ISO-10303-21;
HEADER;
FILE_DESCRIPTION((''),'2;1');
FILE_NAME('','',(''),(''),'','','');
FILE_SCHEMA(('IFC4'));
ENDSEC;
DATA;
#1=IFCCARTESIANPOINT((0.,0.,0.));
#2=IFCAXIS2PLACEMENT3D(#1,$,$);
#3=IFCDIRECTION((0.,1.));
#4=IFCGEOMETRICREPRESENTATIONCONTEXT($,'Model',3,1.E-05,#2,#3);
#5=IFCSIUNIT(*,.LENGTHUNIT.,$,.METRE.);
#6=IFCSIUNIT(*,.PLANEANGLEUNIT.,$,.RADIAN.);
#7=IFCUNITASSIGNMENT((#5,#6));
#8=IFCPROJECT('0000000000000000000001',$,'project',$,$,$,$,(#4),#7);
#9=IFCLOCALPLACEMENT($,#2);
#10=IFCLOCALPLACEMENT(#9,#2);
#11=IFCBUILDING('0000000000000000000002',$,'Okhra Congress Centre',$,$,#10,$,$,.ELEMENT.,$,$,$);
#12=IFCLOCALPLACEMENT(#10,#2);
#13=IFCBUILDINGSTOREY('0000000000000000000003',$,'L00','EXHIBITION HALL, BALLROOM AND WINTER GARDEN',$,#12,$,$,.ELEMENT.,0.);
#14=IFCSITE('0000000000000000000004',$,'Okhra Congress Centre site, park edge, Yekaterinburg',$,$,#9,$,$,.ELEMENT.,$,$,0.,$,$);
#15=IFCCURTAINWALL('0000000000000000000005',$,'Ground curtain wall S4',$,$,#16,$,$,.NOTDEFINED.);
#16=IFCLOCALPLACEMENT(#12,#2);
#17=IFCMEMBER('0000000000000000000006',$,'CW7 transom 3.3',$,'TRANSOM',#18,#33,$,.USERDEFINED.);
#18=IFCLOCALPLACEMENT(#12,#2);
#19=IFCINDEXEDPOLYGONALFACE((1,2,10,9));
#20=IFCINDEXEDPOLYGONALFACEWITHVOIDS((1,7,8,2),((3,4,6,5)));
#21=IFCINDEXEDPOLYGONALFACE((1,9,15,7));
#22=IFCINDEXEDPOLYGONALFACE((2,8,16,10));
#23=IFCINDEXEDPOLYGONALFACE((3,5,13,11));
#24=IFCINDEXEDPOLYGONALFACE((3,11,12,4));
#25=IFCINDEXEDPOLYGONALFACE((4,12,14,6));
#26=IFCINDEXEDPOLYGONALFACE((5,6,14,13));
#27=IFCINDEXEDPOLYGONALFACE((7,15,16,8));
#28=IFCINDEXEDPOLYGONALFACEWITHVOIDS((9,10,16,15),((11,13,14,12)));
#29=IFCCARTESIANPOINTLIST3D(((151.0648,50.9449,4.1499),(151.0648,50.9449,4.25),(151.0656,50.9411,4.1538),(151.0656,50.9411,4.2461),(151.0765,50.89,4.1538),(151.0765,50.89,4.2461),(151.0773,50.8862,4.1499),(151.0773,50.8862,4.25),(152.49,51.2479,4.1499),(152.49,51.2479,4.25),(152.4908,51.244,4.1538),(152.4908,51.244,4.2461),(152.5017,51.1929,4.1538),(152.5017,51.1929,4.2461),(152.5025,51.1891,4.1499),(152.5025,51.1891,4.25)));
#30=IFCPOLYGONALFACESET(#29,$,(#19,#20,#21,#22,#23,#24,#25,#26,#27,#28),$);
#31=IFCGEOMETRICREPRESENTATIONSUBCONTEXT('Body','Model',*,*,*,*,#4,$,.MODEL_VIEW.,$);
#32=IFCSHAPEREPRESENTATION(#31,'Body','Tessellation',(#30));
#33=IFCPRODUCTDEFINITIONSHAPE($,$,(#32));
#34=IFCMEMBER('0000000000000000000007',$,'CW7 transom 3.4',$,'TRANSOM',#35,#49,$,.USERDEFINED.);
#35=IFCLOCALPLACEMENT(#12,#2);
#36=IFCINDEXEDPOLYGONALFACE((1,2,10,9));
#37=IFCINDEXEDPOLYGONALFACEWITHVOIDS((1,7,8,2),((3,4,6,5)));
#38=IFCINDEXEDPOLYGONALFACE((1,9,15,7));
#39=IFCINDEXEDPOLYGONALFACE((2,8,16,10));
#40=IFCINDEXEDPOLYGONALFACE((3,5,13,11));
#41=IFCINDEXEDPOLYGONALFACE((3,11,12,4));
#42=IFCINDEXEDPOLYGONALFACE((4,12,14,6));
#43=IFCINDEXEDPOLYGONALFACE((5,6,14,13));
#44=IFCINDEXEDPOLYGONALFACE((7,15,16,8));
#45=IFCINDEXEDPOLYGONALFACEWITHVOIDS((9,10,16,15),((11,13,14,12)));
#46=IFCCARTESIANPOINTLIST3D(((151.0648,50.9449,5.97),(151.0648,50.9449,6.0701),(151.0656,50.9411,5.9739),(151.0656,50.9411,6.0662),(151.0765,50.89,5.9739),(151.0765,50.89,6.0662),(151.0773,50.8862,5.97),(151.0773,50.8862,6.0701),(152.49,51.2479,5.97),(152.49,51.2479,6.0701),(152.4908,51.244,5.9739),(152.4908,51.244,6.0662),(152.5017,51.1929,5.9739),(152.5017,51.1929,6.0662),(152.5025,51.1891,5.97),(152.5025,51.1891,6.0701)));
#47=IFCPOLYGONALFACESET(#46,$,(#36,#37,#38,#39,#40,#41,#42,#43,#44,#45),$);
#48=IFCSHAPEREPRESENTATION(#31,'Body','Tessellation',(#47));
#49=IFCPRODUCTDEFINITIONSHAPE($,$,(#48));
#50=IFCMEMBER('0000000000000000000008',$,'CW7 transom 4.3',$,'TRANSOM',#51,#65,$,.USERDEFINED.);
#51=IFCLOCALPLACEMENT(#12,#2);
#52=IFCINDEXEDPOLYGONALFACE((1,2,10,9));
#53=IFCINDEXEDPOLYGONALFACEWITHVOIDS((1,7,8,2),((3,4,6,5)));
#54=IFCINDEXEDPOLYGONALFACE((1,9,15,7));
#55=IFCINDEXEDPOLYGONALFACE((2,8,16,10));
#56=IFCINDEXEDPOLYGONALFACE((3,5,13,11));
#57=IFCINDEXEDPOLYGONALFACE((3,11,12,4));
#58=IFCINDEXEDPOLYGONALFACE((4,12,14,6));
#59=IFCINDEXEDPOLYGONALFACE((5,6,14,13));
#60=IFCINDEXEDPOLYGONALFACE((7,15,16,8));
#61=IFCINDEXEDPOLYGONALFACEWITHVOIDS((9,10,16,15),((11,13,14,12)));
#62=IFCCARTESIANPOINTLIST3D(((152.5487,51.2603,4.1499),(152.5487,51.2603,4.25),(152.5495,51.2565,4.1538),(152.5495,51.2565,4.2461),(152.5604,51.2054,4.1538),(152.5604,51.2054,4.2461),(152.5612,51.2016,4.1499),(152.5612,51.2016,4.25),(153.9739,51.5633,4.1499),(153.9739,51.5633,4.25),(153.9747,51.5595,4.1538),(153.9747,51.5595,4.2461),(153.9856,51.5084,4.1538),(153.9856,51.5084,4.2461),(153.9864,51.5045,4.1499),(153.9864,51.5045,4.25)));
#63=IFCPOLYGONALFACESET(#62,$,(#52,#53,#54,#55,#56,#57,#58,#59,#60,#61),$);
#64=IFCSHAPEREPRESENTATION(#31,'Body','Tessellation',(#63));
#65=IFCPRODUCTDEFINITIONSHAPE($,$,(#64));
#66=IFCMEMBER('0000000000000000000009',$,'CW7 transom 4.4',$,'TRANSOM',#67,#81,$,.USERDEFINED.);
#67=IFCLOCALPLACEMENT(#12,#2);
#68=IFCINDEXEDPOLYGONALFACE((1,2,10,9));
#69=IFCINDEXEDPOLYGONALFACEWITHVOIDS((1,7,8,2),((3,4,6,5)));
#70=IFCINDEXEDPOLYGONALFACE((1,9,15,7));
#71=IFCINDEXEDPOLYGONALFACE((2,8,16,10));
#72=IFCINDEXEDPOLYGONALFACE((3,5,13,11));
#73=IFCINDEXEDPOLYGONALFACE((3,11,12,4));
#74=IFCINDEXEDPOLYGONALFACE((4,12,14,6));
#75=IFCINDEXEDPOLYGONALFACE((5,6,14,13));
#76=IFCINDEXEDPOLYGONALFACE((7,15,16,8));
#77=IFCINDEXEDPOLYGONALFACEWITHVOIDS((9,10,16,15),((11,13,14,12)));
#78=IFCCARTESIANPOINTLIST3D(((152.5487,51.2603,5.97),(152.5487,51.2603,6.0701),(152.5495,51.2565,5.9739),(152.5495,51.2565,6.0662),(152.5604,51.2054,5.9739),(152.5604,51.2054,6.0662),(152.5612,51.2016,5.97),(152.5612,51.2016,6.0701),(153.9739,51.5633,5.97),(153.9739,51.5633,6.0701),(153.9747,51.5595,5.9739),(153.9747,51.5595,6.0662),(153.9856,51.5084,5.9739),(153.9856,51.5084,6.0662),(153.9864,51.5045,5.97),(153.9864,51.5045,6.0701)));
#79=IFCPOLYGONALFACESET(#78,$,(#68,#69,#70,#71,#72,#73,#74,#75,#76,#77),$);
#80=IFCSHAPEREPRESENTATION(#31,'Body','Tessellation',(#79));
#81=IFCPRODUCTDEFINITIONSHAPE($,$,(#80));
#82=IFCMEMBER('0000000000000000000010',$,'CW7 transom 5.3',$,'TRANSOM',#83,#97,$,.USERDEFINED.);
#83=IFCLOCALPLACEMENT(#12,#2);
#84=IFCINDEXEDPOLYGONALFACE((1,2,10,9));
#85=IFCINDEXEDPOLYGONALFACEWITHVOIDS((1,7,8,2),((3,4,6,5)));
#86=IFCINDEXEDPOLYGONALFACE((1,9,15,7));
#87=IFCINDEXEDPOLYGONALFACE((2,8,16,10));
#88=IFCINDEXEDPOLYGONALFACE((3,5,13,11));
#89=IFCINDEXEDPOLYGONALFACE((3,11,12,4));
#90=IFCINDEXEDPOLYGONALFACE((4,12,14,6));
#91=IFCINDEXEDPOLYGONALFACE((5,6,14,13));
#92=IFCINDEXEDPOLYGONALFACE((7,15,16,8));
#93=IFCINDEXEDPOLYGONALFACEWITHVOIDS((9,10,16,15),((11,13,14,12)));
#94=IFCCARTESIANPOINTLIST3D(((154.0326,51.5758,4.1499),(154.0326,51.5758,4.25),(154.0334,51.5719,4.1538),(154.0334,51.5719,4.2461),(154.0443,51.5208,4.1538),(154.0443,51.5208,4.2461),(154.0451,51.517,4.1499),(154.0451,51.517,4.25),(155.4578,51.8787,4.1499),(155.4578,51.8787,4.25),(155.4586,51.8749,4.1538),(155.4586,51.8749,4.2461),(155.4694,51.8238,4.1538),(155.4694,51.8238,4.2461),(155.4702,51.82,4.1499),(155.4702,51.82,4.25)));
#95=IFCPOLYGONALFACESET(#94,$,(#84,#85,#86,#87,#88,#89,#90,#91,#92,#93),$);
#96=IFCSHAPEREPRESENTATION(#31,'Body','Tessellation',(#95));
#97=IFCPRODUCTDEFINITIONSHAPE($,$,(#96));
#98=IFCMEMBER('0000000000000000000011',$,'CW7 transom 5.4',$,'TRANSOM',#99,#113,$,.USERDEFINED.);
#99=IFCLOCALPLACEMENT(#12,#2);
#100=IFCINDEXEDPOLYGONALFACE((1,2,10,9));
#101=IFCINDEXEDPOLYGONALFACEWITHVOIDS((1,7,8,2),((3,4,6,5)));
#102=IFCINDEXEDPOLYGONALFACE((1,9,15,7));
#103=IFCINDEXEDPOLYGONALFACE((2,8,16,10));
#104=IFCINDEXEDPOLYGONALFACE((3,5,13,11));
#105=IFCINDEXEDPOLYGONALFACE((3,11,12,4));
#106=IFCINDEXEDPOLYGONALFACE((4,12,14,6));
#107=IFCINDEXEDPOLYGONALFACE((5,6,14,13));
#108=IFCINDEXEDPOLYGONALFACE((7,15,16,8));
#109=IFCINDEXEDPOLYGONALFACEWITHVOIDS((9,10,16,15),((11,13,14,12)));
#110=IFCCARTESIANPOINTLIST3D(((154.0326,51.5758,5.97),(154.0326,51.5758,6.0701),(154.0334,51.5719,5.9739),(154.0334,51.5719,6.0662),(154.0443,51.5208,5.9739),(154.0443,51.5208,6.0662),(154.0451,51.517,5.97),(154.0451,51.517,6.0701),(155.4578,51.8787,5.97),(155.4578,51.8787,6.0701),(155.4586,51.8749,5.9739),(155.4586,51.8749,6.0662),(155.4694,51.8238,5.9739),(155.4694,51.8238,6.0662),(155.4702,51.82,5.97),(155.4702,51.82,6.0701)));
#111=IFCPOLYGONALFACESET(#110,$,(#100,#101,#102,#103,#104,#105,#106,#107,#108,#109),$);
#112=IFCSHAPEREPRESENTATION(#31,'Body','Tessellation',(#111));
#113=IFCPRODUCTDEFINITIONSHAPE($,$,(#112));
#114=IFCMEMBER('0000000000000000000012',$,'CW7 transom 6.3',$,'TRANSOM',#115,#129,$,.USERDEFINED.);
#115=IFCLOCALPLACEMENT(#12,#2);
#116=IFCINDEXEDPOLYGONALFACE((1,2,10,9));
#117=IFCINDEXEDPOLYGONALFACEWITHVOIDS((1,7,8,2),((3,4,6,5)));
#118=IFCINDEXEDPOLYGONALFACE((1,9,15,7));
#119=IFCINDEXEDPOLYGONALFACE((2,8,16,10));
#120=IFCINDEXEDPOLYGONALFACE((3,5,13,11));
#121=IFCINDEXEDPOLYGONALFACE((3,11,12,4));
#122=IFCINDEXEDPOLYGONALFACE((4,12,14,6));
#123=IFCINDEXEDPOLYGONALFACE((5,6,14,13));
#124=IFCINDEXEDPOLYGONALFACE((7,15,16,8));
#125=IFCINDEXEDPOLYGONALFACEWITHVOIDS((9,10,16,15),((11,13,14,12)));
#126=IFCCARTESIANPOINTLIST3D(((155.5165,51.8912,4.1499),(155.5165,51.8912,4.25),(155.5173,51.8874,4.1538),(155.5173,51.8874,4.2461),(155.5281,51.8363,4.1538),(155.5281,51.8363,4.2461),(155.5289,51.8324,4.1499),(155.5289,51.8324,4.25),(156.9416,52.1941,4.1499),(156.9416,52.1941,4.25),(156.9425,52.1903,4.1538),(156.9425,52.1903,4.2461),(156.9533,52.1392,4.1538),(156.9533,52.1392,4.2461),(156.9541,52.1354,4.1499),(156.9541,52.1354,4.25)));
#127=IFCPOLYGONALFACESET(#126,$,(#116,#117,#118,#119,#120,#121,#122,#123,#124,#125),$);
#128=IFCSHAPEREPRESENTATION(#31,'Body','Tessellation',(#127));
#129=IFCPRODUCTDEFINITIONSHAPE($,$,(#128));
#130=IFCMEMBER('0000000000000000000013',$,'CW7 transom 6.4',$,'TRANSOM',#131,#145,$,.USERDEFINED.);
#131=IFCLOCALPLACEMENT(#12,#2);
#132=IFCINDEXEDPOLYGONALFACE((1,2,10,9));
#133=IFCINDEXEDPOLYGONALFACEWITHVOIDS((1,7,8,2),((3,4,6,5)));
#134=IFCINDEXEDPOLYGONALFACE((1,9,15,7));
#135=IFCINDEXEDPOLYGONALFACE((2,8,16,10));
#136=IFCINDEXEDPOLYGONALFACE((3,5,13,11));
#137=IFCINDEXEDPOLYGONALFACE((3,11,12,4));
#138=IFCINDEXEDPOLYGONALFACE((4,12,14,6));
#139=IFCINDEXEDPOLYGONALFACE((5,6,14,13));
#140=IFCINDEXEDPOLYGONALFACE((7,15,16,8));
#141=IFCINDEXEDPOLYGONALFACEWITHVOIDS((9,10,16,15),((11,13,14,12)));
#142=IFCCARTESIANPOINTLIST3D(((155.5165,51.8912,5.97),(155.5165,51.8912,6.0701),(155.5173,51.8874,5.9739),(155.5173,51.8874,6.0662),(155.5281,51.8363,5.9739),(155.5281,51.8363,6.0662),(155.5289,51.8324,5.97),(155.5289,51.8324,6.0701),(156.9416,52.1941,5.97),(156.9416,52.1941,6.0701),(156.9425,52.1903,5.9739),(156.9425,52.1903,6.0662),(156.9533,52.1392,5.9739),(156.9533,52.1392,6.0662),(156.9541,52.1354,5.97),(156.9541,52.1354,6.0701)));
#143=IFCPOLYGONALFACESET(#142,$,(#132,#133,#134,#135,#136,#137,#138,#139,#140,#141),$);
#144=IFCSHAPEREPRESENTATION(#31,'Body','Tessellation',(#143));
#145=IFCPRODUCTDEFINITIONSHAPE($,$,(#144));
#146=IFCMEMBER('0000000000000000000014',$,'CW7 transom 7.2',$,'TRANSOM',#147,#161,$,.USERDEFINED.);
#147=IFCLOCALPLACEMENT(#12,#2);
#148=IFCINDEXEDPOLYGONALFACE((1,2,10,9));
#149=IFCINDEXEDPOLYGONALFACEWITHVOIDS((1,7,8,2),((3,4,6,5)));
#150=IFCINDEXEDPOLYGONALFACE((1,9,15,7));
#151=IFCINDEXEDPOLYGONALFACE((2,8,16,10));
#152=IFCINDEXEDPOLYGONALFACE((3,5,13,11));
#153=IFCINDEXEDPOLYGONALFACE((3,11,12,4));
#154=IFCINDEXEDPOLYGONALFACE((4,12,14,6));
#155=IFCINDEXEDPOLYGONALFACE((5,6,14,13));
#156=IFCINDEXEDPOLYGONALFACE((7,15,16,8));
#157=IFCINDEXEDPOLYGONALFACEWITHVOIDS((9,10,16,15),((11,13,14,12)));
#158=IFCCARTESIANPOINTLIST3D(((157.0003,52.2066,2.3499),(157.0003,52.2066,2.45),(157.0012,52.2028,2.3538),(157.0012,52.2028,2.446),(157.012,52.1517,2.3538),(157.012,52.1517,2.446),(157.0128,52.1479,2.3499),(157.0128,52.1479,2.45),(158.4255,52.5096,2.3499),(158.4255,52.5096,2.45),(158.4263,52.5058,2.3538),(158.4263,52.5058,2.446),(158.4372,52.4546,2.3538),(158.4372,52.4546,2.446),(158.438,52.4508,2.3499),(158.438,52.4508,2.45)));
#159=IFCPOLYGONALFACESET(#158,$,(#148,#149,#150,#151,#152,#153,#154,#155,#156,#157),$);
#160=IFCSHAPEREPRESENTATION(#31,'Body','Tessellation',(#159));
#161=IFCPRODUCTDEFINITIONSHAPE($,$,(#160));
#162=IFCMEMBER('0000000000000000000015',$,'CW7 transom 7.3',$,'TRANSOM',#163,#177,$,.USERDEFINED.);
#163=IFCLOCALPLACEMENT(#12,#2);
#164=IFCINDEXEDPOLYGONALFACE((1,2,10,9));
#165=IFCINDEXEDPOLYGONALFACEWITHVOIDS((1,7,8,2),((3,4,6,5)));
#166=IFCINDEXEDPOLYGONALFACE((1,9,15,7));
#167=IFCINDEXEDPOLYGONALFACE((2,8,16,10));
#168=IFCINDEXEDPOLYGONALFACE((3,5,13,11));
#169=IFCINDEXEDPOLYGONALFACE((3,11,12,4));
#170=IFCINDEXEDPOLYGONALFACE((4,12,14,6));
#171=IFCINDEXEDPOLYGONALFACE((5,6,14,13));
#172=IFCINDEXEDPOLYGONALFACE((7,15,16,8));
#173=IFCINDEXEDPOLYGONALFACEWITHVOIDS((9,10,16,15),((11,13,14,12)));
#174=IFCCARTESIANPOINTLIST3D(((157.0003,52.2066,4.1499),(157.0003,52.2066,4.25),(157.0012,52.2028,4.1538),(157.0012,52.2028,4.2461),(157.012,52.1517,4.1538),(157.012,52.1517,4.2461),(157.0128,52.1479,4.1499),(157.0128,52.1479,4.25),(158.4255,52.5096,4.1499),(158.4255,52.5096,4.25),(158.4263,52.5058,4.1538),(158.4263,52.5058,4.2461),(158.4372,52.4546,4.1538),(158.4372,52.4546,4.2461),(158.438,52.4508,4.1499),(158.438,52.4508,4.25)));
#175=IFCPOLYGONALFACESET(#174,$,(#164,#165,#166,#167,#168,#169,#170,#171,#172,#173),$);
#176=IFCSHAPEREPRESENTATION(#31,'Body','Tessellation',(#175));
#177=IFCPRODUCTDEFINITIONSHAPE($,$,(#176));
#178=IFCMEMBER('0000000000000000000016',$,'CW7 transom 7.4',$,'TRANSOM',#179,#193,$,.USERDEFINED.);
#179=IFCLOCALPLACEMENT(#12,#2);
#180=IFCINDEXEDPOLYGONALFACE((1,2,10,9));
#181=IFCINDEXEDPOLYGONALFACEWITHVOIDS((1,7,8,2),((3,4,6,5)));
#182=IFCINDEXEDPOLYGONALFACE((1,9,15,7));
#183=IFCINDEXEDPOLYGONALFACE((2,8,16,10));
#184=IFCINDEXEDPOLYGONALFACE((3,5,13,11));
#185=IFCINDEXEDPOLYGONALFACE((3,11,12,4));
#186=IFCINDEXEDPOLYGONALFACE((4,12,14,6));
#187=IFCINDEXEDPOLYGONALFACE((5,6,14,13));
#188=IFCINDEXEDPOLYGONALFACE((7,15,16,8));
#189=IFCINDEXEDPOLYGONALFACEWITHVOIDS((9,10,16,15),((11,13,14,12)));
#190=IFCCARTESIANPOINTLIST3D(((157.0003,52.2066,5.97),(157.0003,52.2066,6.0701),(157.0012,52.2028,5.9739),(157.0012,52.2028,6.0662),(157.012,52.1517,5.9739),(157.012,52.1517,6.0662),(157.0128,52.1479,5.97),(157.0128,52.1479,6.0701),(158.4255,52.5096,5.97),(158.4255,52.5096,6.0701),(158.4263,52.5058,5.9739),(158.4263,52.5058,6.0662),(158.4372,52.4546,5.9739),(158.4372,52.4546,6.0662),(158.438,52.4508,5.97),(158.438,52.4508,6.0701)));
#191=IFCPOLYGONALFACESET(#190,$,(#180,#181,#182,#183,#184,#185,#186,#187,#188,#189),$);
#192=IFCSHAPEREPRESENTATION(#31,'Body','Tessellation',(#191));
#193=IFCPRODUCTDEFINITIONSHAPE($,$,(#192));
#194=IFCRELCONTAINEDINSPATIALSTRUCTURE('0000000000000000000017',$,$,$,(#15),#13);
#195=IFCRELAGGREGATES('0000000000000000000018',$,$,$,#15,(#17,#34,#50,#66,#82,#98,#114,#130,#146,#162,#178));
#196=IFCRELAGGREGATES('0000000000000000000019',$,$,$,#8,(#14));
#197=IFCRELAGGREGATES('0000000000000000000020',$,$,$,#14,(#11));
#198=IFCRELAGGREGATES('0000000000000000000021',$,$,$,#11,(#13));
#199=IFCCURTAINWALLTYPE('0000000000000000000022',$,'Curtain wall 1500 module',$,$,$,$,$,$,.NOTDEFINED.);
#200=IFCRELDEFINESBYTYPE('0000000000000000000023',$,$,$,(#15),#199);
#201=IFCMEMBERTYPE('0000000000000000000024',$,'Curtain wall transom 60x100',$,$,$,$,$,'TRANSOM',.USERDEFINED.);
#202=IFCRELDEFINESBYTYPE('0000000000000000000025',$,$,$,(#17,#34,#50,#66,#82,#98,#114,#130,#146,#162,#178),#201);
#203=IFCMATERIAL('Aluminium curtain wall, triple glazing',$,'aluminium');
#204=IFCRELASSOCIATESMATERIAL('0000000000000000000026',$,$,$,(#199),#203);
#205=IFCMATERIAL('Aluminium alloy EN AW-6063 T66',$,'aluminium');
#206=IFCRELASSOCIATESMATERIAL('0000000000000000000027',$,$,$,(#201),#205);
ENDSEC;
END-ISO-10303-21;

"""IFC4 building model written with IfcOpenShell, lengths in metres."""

from ifc_helpers import new_model, si_unit, direction, frame, origin, origin_2d, place, context, subcontext, project, spatial, hollow_rectangle, extrude, material, material_profile, profile_set, type_object, element, aggregate, save


model = new_model("IFC4")

# Units and contexts
model_context = context("Model", 3, precision=1e-05, world=origin(), true_north=direction((0.0, 1.0)))
body_context = subcontext(model_context, "Body", "Model", "MODEL_VIEW")
ifc_project = project(units=[si_unit("LENGTHUNIT", "METRE"), si_unit("PLANEANGLEUNIT", "RADIAN")], contexts=[model_context])

# Site, building, storey
site_placement = place(None, origin())
site = spatial("IfcSite", under=ifc_project, at=site_placement, Name="Okhra Congress Centre site, park edge, Yekaterinburg", CompositionType="ELEMENT", RefElevation=0.0)
building_placement = place(site_placement, origin())
building = spatial("IfcBuilding", under=site, at=building_placement, Name="Okhra Congress Centre", CompositionType="ELEMENT")
storey_placement = place(building_placement, origin())
storey = spatial("IfcBuildingStorey", under=building, at=storey_placement, Name="L00", Description="EXHIBITION HALL, BALLROOM AND WINTER GARDEN", CompositionType="ELEMENT", Elevation=0.0)

# Curtain wall, members
ifc_material_1 = material(Name="Aluminium curtain wall, triple glazing", Category="aluminium")
curtain_wall_type_1 = type_object("IfcCurtainWallType", Name="Curtain wall 1500 module", PredefinedType="NOTDEFINED", material=ifc_material_1)
curtain_wall_1_placement = place(storey_placement, origin())
curtain_wall_1 = element("IfcCurtainWall", 1, at=curtain_wall_1_placement, inside=storey, type_object=curtain_wall_type_1, Name="Ground curtain wall S4", PredefinedType="NOTDEFINED")
ifc_material_2 = material(Name="Aluminium alloy EN AW-6063 T66", Category="aluminium")
ifc_material_profile = material_profile(ifc_material_2, hollow_rectangle(XDim=0.0601, YDim=0.1001, WallThickness=0.0039, at=origin_2d()), Name="RHS 60x100x4")
ifc_profile_set = profile_set([ifc_material_profile], Name="Aluminium alloy EN AW-6063 T66")
member_type = type_object("IfcMemberType", Name="Curtain wall transom 60x100", ElementType="TRANSOM", PredefinedType="USERDEFINED", material=ifc_profile_set)
member_1_placement = place(storey_placement, frame((151.071, 50.9155, 4.2), z_axis=(0.978144, 0.207927, 0.0), x_axis=(-0.207927, 0.978144, 0.0)))
member_1 = element("IfcMember", 2, at=member_1_placement, type_object=member_type, Name="CW7 transom 3.3", ObjectType="TRANSOM", PredefinedType="USERDEFINED", context=body_context, shape_type="SweptSolid", body=[
    extrude(hollow_rectangle(XDim=0.0601, YDim=0.1001, WallThickness=0.0039, at=origin_2d()), origin(), (0.0, 0.0, 1.0), 1.457),
])
member_2_placement = place(storey_placement, frame((151.071, 50.9155, 6.02), z_axis=(0.978144, 0.207927, 0.0), x_axis=(-0.207927, 0.978144, 0.0)))
member_2 = element("IfcMember", 3, at=member_2_placement, type_object=member_type, Name="CW7 transom 3.4", ObjectType="TRANSOM", PredefinedType="USERDEFINED", context=body_context, shape_type="SweptSolid", body=[
    extrude(hollow_rectangle(XDim=0.0601, YDim=0.1001, WallThickness=0.0039, at=origin_2d()), origin(), (0.0, 0.0, 1.0), 1.457),
])
member_3_placement = place(storey_placement, frame((152.5549, 51.231, 4.2), z_axis=(0.978144, 0.207927, 0.0), x_axis=(-0.207927, 0.978144, 0.0)))
member_3 = element("IfcMember", 4, at=member_3_placement, type_object=member_type, Name="CW7 transom 4.3", ObjectType="TRANSOM", PredefinedType="USERDEFINED", context=body_context, shape_type="SweptSolid", body=[
    extrude(hollow_rectangle(XDim=0.0601, YDim=0.1001, WallThickness=0.0039, at=origin_2d()), origin(), (0.0, 0.0, 1.0), 1.457),
])
member_4_placement = place(storey_placement, frame((152.5549, 51.231, 6.02), z_axis=(0.978144, 0.207927, 0.0), x_axis=(-0.207927, 0.978144, 0.0)))
member_4 = element("IfcMember", 5, at=member_4_placement, type_object=member_type, Name="CW7 transom 4.4", ObjectType="TRANSOM", PredefinedType="USERDEFINED", context=body_context, shape_type="SweptSolid", body=[
    extrude(hollow_rectangle(XDim=0.0601, YDim=0.1001, WallThickness=0.0039, at=origin_2d()), origin(), (0.0, 0.0, 1.0), 1.457),
])
member_5_placement = place(storey_placement, frame((154.0388, 51.5464, 4.2), z_axis=(0.978144, 0.207927, 0.0), x_axis=(-0.207927, 0.978144, 0.0)))
member_5 = element("IfcMember", 6, at=member_5_placement, type_object=member_type, Name="CW7 transom 5.3", ObjectType="TRANSOM", PredefinedType="USERDEFINED", context=body_context, shape_type="SweptSolid", body=[
    extrude(hollow_rectangle(XDim=0.0601, YDim=0.1001, WallThickness=0.0039, at=origin_2d()), origin(), (0.0, 0.0, 1.0), 1.457),
])
member_6_placement = place(storey_placement, frame((154.0388, 51.5464, 6.02), z_axis=(0.978144, 0.207927, 0.0), x_axis=(-0.207927, 0.978144, 0.0)))
member_6 = element("IfcMember", 7, at=member_6_placement, type_object=member_type, Name="CW7 transom 5.4", ObjectType="TRANSOM", PredefinedType="USERDEFINED", context=body_context, shape_type="SweptSolid", body=[
    extrude(hollow_rectangle(XDim=0.0601, YDim=0.1001, WallThickness=0.0039, at=origin_2d()), origin(), (0.0, 0.0, 1.0), 1.457),
])
member_7_placement = place(storey_placement, frame((155.5227, 51.8618, 4.2), z_axis=(0.978144, 0.207927, 0.0), x_axis=(-0.207927, 0.978144, 0.0)))
member_7 = element("IfcMember", 8, at=member_7_placement, type_object=member_type, Name="CW7 transom 6.3", ObjectType="TRANSOM", PredefinedType="USERDEFINED", context=body_context, shape_type="SweptSolid", body=[
    extrude(hollow_rectangle(XDim=0.0601, YDim=0.1001, WallThickness=0.0039, at=origin_2d()), origin(), (0.0, 0.0, 1.0), 1.457),
])
member_8_placement = place(storey_placement, frame((155.5227, 51.8618, 6.02), z_axis=(0.978144, 0.207927, 0.0), x_axis=(-0.207927, 0.978144, 0.0)))
member_8 = element("IfcMember", 9, at=member_8_placement, type_object=member_type, Name="CW7 transom 6.4", ObjectType="TRANSOM", PredefinedType="USERDEFINED", context=body_context, shape_type="SweptSolid", body=[
    extrude(hollow_rectangle(XDim=0.0601, YDim=0.1001, WallThickness=0.0039, at=origin_2d()), origin(), (0.0, 0.0, 1.0), 1.457),
])
member_9_placement = place(storey_placement, frame((157.0066, 52.1772, 2.3999), z_axis=(0.978144, 0.207927, 0.0), x_axis=(-0.207927, 0.978144, 0.0)))
member_9 = element("IfcMember", 10, at=member_9_placement, type_object=member_type, Name="CW7 transom 7.2", ObjectType="TRANSOM", PredefinedType="USERDEFINED", context=body_context, shape_type="SweptSolid", body=[
    extrude(hollow_rectangle(XDim=0.0601, YDim=0.1001, WallThickness=0.0039, at=origin_2d()), origin(), (0.0, 0.0, 1.0), 1.457),
])
member_10_placement = place(storey_placement, frame((157.0066, 52.1772, 4.2), z_axis=(0.978144, 0.207927, 0.0), x_axis=(-0.207927, 0.978144, 0.0)))
member_10 = element("IfcMember", 11, at=member_10_placement, type_object=member_type, Name="CW7 transom 7.3", ObjectType="TRANSOM", PredefinedType="USERDEFINED", context=body_context, shape_type="SweptSolid", body=[
    extrude(hollow_rectangle(XDim=0.0601, YDim=0.1001, WallThickness=0.0039, at=origin_2d()), origin(), (0.0, 0.0, 1.0), 1.457),
])
member_11_placement = place(storey_placement, frame((157.0066, 52.1772, 6.02), z_axis=(0.978144, 0.207927, 0.0), x_axis=(-0.207927, 0.978144, 0.0)))
member_11 = element("IfcMember", 12, at=member_11_placement, type_object=member_type, Name="CW7 transom 7.4", ObjectType="TRANSOM", PredefinedType="USERDEFINED", context=body_context, shape_type="SweptSolid", body=[
    extrude(hollow_rectangle(XDim=0.0601, YDim=0.1001, WallThickness=0.0039, at=origin_2d()), origin(), (0.0, 0.0, 1.0), 1.457),
])

aggregate(curtain_wall_1, [member_1, member_2, member_3, member_4, member_5, member_6, member_7, member_8, member_9, member_10, member_11])

save(model, "model.ifc")
